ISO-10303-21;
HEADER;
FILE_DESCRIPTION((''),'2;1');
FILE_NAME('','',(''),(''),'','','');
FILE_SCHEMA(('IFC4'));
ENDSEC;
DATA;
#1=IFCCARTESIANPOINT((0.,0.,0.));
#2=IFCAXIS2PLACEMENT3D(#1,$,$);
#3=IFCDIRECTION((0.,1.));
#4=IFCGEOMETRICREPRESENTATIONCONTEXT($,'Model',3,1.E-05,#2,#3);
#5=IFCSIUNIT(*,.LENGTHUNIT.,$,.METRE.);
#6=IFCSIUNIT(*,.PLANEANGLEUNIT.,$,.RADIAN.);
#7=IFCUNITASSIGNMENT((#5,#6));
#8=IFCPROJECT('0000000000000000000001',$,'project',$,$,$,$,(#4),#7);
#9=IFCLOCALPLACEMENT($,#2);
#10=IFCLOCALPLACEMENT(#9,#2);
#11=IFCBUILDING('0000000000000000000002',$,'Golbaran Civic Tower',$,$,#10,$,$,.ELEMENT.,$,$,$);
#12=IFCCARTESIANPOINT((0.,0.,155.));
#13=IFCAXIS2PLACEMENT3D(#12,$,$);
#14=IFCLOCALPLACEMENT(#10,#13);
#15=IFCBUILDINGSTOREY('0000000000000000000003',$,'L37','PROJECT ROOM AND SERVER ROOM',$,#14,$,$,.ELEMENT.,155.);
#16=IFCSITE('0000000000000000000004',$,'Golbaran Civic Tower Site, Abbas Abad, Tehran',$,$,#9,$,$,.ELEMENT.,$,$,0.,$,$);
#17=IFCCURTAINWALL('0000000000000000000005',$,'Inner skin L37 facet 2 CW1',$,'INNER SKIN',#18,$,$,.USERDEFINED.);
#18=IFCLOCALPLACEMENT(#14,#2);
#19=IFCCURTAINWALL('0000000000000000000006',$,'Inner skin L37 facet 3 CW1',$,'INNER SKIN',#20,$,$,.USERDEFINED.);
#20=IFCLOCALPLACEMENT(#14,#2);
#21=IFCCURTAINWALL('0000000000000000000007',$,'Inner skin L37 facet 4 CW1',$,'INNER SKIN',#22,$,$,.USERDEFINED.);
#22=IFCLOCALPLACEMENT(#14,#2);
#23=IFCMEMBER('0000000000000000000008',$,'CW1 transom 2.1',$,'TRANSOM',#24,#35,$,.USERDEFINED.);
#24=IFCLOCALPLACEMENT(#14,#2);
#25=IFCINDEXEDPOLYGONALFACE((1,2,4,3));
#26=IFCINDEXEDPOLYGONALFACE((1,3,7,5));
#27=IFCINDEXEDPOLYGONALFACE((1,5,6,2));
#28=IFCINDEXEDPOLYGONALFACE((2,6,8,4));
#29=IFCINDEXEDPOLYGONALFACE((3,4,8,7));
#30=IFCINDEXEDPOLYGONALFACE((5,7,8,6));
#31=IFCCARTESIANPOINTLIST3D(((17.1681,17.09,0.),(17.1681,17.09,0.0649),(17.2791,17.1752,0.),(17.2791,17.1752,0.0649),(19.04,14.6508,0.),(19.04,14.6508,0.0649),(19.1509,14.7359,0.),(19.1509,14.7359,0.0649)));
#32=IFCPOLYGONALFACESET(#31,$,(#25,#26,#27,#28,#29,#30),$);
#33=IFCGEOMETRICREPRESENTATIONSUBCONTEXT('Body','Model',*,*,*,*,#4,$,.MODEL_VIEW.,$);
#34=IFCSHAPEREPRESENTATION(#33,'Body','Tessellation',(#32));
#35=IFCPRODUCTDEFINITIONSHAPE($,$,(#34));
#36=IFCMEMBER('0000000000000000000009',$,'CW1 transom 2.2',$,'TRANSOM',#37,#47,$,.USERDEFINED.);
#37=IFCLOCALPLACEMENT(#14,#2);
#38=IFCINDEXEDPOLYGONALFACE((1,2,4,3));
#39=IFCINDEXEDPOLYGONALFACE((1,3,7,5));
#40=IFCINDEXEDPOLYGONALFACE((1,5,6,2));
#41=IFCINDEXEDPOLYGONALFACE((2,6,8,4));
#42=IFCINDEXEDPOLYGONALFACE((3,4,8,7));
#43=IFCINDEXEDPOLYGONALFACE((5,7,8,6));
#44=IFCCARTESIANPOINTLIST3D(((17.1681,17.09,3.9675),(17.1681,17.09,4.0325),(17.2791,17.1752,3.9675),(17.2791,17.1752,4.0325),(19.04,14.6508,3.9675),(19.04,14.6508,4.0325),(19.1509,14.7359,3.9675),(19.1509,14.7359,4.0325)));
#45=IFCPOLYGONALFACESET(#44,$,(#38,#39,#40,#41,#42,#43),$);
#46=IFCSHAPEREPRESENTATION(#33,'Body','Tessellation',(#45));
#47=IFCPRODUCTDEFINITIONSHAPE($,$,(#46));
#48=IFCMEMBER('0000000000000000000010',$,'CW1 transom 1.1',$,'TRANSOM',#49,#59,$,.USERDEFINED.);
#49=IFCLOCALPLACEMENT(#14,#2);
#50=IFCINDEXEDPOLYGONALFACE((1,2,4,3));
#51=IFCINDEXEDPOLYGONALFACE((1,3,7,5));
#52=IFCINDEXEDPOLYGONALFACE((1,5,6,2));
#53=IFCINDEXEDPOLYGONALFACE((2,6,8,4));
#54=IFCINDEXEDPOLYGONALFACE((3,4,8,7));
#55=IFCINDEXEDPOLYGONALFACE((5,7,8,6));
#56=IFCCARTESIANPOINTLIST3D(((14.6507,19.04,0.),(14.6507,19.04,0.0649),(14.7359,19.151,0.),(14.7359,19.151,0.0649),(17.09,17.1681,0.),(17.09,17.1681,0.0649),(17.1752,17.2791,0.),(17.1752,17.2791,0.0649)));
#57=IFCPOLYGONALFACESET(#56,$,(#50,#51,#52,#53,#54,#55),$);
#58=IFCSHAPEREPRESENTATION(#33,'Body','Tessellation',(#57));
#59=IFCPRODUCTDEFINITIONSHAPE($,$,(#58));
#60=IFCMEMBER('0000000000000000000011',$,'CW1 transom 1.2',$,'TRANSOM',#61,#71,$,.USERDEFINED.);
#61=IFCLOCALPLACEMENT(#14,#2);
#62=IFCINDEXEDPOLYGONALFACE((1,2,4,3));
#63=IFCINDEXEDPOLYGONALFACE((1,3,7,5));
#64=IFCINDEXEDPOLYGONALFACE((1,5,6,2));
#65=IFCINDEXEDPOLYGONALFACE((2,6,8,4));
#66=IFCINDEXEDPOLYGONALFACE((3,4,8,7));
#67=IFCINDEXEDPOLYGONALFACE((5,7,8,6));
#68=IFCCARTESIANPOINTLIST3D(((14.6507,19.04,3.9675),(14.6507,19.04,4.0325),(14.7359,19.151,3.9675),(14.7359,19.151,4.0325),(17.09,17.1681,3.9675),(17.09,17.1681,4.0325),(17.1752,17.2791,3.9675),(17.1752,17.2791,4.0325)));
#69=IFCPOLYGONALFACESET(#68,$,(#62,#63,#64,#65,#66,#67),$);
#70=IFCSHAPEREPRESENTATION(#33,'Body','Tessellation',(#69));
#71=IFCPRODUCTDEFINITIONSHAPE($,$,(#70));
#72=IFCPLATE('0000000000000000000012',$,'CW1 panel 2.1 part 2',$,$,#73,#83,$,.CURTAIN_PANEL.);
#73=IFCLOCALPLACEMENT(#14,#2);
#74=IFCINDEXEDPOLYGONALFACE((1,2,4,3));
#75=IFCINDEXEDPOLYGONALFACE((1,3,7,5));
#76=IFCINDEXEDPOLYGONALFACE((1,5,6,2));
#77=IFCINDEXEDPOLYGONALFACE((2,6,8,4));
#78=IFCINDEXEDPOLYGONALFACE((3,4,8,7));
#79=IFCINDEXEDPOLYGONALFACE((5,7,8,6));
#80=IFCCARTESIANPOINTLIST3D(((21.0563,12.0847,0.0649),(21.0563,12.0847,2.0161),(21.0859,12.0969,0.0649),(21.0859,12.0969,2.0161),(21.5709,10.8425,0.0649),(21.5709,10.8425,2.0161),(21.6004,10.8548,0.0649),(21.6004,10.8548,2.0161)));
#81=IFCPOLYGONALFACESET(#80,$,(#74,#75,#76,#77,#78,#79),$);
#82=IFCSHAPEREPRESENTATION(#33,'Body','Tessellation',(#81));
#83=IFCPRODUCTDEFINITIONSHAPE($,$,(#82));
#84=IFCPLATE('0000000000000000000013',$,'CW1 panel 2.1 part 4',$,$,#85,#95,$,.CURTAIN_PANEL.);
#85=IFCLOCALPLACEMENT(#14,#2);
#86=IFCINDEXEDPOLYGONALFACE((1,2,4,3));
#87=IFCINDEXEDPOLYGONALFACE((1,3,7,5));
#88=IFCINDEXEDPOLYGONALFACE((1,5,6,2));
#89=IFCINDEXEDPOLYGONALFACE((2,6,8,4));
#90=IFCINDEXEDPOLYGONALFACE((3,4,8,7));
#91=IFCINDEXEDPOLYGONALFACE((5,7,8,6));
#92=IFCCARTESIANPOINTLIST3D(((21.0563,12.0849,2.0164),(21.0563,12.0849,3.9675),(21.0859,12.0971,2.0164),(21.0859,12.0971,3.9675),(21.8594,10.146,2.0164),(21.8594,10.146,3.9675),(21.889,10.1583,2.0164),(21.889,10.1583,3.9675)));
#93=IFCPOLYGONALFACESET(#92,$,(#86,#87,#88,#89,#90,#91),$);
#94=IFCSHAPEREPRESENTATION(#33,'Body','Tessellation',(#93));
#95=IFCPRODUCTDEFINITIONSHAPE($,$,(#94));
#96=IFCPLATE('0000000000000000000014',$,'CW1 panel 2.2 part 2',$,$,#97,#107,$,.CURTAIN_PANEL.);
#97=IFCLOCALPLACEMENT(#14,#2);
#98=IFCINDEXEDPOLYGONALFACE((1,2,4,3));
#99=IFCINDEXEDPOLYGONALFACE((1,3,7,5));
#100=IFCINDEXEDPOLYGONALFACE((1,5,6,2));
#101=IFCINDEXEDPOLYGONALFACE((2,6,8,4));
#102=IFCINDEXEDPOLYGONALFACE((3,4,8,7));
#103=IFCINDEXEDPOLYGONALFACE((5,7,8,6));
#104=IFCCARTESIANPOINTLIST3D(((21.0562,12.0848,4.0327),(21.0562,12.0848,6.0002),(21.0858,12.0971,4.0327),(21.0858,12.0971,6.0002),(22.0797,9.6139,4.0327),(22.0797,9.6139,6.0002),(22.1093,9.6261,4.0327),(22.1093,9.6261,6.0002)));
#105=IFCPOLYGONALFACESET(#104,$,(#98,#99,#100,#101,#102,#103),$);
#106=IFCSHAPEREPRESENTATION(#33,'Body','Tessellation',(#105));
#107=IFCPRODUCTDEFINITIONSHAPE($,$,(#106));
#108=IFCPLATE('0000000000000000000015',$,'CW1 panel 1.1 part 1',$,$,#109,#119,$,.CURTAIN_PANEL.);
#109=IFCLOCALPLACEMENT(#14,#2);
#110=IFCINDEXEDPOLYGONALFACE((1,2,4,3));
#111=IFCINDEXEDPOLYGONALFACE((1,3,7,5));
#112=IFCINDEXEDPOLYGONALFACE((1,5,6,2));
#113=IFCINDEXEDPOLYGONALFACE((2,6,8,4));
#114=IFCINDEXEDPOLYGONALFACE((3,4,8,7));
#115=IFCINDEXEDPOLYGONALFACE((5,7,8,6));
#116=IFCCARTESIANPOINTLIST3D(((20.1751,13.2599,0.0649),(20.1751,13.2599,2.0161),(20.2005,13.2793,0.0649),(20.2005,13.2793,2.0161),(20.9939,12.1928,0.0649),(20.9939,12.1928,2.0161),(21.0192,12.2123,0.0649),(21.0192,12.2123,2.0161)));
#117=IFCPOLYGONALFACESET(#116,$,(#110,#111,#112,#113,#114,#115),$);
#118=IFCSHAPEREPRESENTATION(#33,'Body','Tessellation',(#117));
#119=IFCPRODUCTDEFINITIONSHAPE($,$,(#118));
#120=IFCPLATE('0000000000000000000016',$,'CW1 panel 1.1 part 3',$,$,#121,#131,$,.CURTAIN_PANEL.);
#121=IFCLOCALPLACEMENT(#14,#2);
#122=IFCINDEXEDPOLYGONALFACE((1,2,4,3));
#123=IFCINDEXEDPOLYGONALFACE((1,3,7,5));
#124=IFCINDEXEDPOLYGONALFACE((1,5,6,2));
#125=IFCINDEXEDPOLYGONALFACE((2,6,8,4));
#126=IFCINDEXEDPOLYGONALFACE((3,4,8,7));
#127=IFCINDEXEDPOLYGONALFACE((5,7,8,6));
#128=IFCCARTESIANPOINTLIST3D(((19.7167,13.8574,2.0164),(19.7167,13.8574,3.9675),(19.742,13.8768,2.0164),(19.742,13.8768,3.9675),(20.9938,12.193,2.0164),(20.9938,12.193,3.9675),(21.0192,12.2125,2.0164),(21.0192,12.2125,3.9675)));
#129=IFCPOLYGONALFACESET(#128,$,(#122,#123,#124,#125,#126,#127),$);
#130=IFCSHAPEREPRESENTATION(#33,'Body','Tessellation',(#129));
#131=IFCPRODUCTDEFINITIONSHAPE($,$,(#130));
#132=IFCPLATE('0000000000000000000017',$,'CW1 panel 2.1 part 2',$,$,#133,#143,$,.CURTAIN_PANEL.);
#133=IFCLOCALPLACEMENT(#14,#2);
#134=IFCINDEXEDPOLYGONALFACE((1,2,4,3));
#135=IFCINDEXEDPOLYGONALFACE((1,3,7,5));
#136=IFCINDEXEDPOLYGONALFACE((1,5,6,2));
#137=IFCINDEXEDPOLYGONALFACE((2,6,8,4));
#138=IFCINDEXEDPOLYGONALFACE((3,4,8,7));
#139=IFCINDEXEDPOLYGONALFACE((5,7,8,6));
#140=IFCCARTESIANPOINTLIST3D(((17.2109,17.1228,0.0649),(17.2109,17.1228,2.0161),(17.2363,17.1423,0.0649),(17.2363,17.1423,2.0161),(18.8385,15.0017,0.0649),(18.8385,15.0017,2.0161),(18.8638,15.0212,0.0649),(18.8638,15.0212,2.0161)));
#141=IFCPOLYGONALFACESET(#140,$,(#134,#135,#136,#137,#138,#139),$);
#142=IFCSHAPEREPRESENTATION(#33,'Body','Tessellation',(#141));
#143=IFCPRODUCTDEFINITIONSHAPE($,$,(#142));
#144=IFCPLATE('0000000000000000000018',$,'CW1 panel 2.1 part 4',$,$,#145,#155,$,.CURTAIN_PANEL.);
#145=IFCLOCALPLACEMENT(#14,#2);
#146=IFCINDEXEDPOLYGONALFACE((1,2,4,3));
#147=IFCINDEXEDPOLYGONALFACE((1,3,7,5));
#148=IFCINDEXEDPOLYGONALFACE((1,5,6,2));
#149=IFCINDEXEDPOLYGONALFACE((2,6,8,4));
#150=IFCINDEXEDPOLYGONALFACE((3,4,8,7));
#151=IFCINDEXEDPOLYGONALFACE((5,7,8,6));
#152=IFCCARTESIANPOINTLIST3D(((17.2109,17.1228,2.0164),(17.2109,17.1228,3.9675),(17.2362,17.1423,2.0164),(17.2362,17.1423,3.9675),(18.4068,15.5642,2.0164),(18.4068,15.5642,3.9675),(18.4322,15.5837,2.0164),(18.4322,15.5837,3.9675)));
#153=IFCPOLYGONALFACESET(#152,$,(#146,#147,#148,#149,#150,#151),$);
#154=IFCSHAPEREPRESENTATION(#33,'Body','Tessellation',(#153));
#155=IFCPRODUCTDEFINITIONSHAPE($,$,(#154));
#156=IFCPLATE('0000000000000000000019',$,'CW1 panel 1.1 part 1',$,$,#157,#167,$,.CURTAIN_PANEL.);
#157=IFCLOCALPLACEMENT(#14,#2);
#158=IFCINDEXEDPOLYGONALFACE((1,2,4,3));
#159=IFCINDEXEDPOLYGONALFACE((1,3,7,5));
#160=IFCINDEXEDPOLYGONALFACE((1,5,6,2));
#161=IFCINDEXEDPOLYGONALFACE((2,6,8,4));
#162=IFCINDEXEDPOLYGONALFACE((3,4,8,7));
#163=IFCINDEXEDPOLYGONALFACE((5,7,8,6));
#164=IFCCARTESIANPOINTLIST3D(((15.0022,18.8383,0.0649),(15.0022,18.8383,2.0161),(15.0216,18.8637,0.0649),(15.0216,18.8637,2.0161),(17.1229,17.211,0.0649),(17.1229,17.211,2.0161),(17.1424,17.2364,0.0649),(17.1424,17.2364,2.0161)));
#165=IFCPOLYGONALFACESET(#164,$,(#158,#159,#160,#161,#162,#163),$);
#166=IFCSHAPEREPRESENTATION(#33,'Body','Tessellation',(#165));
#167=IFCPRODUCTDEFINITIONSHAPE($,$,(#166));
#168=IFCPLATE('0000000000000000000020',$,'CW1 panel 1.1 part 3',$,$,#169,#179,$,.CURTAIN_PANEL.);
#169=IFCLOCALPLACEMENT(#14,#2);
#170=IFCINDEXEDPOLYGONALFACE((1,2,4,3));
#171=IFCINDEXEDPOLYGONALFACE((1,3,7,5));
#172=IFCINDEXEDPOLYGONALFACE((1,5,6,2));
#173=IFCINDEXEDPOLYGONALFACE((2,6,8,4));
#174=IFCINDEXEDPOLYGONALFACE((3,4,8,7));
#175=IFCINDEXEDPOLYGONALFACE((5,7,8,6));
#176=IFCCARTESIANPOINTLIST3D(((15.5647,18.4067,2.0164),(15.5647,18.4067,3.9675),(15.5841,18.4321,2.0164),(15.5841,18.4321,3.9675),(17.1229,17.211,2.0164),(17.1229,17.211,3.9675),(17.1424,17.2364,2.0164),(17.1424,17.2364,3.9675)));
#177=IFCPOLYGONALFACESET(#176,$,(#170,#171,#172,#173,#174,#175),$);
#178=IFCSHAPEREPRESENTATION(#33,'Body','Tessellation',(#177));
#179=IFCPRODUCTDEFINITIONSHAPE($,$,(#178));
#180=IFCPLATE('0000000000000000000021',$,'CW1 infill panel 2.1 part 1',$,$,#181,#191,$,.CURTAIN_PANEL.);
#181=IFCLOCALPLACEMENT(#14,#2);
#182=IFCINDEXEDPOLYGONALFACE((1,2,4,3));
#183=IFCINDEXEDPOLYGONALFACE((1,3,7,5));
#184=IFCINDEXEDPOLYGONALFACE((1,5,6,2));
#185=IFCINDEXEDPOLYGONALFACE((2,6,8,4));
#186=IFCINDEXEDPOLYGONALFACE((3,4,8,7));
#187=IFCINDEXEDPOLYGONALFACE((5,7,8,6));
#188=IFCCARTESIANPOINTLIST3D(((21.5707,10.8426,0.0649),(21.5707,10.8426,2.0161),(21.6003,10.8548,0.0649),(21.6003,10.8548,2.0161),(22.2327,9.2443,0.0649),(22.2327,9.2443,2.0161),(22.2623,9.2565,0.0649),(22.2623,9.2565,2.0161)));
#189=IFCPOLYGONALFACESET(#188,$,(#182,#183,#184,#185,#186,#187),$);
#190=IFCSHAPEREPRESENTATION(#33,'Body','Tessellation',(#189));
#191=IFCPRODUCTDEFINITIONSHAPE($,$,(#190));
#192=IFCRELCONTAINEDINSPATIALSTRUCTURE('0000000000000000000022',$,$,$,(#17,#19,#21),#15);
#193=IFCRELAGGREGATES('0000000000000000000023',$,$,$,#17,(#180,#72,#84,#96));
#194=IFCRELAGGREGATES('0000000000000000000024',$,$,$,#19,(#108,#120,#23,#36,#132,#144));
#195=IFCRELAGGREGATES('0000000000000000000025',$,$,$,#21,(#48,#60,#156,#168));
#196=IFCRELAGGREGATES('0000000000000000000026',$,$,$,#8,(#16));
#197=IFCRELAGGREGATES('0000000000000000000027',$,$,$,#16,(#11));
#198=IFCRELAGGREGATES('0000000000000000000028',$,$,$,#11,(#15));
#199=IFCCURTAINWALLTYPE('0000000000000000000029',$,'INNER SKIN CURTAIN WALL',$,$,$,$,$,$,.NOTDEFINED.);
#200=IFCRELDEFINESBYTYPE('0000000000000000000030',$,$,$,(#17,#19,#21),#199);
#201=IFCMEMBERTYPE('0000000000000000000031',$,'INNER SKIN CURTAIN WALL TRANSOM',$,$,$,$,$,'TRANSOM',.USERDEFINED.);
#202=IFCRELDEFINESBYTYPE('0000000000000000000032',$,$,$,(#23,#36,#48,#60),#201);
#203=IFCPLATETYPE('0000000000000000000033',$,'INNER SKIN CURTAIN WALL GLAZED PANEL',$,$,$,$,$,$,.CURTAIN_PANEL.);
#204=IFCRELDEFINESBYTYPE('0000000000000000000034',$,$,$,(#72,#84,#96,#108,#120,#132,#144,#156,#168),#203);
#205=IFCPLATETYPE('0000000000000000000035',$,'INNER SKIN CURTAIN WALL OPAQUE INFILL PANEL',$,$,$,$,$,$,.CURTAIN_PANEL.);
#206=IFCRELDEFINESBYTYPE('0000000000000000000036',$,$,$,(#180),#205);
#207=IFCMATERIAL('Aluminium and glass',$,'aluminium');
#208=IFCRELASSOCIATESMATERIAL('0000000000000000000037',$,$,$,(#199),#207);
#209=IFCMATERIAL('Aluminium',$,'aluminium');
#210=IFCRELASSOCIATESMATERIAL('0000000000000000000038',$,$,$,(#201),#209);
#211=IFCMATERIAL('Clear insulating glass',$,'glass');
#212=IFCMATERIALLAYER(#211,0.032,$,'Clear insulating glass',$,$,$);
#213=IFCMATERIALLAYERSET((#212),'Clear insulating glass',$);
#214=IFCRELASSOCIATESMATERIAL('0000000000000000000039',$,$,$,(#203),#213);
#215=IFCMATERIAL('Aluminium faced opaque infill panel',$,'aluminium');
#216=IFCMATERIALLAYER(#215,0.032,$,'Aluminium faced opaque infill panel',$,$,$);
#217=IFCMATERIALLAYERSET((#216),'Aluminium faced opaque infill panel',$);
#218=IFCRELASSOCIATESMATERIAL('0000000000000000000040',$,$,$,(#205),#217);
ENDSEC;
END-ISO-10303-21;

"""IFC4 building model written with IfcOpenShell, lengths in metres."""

from ifc_helpers import new_model, si_unit, direction, frame, origin, origin_2d, place, context, subcontext, project, spatial, rectangle, extrude, material, layer, layer_set, material_profile, profile_set, type_object, element, aggregate, save


model = new_model("IFC4")

# Units and contexts
model_context = context("Model", 3, precision=1e-05, world=origin(), true_north=direction((0.0, 1.0)))
body_context = subcontext(model_context, "Body", "Model", "MODEL_VIEW")
ifc_project = project(units=[si_unit("LENGTHUNIT", "METRE"), si_unit("PLANEANGLEUNIT", "RADIAN")], contexts=[model_context])

# Site, building, storey
site_placement = place(None, origin())
site = spatial("IfcSite", under=ifc_project, at=site_placement, Name="Golbaran Civic Tower Site, Abbas Abad, Tehran", CompositionType="ELEMENT", RefElevation=0.0)
building_placement = place(site_placement, origin())
building = spatial("IfcBuilding", under=site, at=building_placement, Name="Golbaran Civic Tower", CompositionType="ELEMENT")
storey_placement = place(building_placement, frame((0.0, 0.0, 155.0)))
storey = spatial("IfcBuildingStorey", under=building, at=storey_placement, Name="L37", Description="PROJECT ROOM AND SERVER ROOM", CompositionType="ELEMENT", Elevation=155.0)

# Curtain wall
ifc_material_1 = material(Name="Aluminium and glass", Category="aluminium")
curtain_wall_type = type_object("IfcCurtainWallType", Name="INNER SKIN CURTAIN WALL", PredefinedType="NOTDEFINED", material=ifc_material_1)
curtain_wall_1_placement = place(storey_placement, origin())
curtain_wall_1 = element("IfcCurtainWall", 1, at=curtain_wall_1_placement, inside=storey, type_object=curtain_wall_type, Name="Inner skin L37 facet 2 CW1", ObjectType="INNER SKIN", PredefinedType="USERDEFINED")
ifc_material_2 = material(Name="Aluminium", Category="aluminium")

# Curtain wall
curtain_wall_2_placement = place(storey_placement, origin())
curtain_wall_2 = element("IfcCurtainWall", 2, at=curtain_wall_2_placement, inside=storey, type_object=curtain_wall_type, Name="Inner skin L37 facet 3 CW1", ObjectType="INNER SKIN", PredefinedType="USERDEFINED")

# Curtain wall
curtain_wall_3_placement = place(storey_placement, origin())
curtain_wall_3 = element("IfcCurtainWall", 3, at=curtain_wall_3_placement, inside=storey, type_object=curtain_wall_type, Name="Inner skin L37 facet 4 CW1", ObjectType="INNER SKIN", PredefinedType="USERDEFINED")

# Members
ifc_material_profile_1 = material_profile(ifc_material_2, rectangle(XDim=0.1399, YDim=0.0649, at=origin_2d()), Name="INNER SKIN CURTAIN WALL TRANSOM")
ifc_profile_set_1 = profile_set([ifc_material_profile_1], Name="Aluminium")
member_type_1 = type_object("IfcMemberType", Name="INNER SKIN CURTAIN WALL TRANSOM", ElementType="TRANSOM", PredefinedType="USERDEFINED", material=ifc_profile_set_1)
member_1_placement = place(storey_placement, frame((19.0955, 14.6934, 0.0325), z_axis=(-0.608793, 0.793329, 0.0), x_axis=(-0.793329, -0.608793, 0.0)))
member_1 = element("IfcMember", 4, at=member_1_placement, type_object=member_type_1, Name="CW1 transom 2.1", ObjectType="TRANSOM", PredefinedType="USERDEFINED", context=body_context, shape_type="SweptSolid", body=[
    extrude(rectangle(XDim=0.1399, YDim=0.0649, at=origin_2d()), origin(), (0.0, 0.0, 1.0), 3.0747),
])
member_2_placement = place(storey_placement, frame((19.0955, 14.6934, 4.0), z_axis=(-0.608793, 0.793329, 0.0), x_axis=(-0.793329, -0.608793, 0.0)))
member_2 = element("IfcMember", 5, at=member_2_placement, type_object=member_type_1, Name="CW1 transom 2.2", ObjectType="TRANSOM", PredefinedType="USERDEFINED", context=body_context, shape_type="SweptSolid", body=[
    extrude(rectangle(XDim=0.1399, YDim=0.0649, at=origin_2d()), origin(), (0.0, 0.0, 1.0), 3.0747),
])
member_3_placement = place(storey_placement, frame((17.1326, 17.2236, 0.0325), z_axis=(-0.793329, 0.608793, 0.0), x_axis=(-0.608793, -0.793329, 0.0)))
member_3 = element("IfcMember", 6, at=member_3_placement, type_object=member_type_1, Name="CW1 transom 1.1", ObjectType="TRANSOM", PredefinedType="USERDEFINED", context=body_context, shape_type="SweptSolid", body=[
    extrude(rectangle(XDim=0.1399, YDim=0.0649, at=origin_2d()), origin(), (0.0, 0.0, 1.0), 3.0747),
])
member_4_placement = place(storey_placement, frame((17.1326, 17.2236, 4.0), z_axis=(-0.793329, 0.608793, 0.0), x_axis=(-0.608793, -0.793329, 0.0)))
member_4 = element("IfcMember", 7, at=member_4_placement, type_object=member_type_1, Name="CW1 transom 1.2", ObjectType="TRANSOM", PredefinedType="USERDEFINED", context=body_context, shape_type="SweptSolid", body=[
    extrude(rectangle(XDim=0.1399, YDim=0.0649, at=origin_2d()), origin(), (0.0, 0.0, 1.0), 3.0747),
])

# Plates
ifc_material_3 = material(Name="Clear insulating glass", Category="glass")
ifc_layer_1 = layer(ifc_material_3, 0.032, Name="Clear insulating glass")
ifc_layer_set_1 = layer_set([ifc_layer_1], Name="Clear insulating glass")
plate_type_1 = type_object("IfcPlateType", Name="INNER SKIN CURTAIN WALL GLAZED PANEL", PredefinedType="CURTAIN_PANEL", material=ifc_layer_set_1)
plate_1_placement = place(storey_placement, frame((21.3284, 11.4697, 0.0649), z_axis=(0.0, 0.0, 1.0), x_axis=(-0.382683, 0.92388, 0.0)))
plate_1 = element("IfcPlate", 8, at=plate_1_placement, type_object=plate_type_1, Name="CW1 panel 2.1 part 2", PredefinedType="CURTAIN_PANEL", context=body_context, shape_type="SweptSolid", body=[
    extrude(rectangle(XDim=1.3445, YDim=0.032, at=origin_2d()), origin(), (0.0, 0.0, 1.0), 1.9512),
])
plate_2_placement = place(storey_placement, frame((21.4727, 11.1216, 2.0164), z_axis=(0.0, 0.0, 1.0), x_axis=(-0.382683, 0.92388, 0.0)))
plate_2 = element("IfcPlate", 9, at=plate_2_placement, type_object=plate_type_1, Name="CW1 panel 2.1 part 4", PredefinedType="CURTAIN_PANEL", context=body_context, shape_type="SweptSolid", body=[
    extrude(rectangle(XDim=2.0986, YDim=0.032, at=origin_2d()), origin(), (0.0, 0.0, 1.0), 1.9512),
])
plate_3_placement = place(storey_placement, frame((21.5828, 10.8555, 4.0327), z_axis=(0.0, 0.0, 1.0), x_axis=(-0.382683, 0.92388, 0.0)))
plate_3 = element("IfcPlate", 10, at=plate_3_placement, type_object=plate_type_1, Name="CW1 panel 2.2 part 2", PredefinedType="CURTAIN_PANEL", context=body_context, shape_type="SweptSolid", body=[
    extrude(rectangle(XDim=2.6746, YDim=0.032, at=origin_2d()), origin(), (0.0, 0.0, 1.0), 1.9675),
])
plate_4_placement = place(storey_placement, frame((20.5972, 12.7361, 0.0649), z_axis=(0.0, 0.0, 1.0), x_axis=(-0.608761, 0.793353, 0.0)))
plate_4 = element("IfcPlate", 11, at=plate_4_placement, type_object=plate_type_1, Name="CW1 panel 1.1 part 1", PredefinedType="CURTAIN_PANEL", context=body_context, shape_type="SweptSolid", body=[
    extrude(rectangle(XDim=1.345, YDim=0.032, at=origin_2d()), origin(), (0.0, 0.0, 1.0), 1.9512),
])
plate_5_placement = place(storey_placement, frame((20.3679, 13.0349, 2.0164), z_axis=(0.0, 0.0, 1.0), x_axis=(-0.608761, 0.793353, 0.0)))
plate_5 = element("IfcPlate", 12, at=plate_5_placement, type_object=plate_type_1, Name="CW1 panel 1.1 part 3", PredefinedType="CURTAIN_PANEL", context=body_context, shape_type="SweptSolid", body=[
    extrude(rectangle(XDim=2.0979, YDim=0.032, at=origin_2d()), origin(), (0.0, 0.0, 1.0), 1.9512),
])
plate_6_placement = place(storey_placement, frame((18.0374, 16.072, 0.0649), z_axis=(0.0, 0.0, 1.0), x_axis=(-0.608761, 0.793353, 0.0)))
plate_6 = element("IfcPlate", 13, at=plate_6_placement, type_object=plate_type_1, Name="CW1 panel 2.1 part 2", PredefinedType="CURTAIN_PANEL", context=body_context, shape_type="SweptSolid", body=[
    extrude(rectangle(XDim=2.6736, YDim=0.032, at=origin_2d()), origin(), (0.0, 0.0, 1.0), 1.9512),
])
plate_7_placement = place(storey_placement, frame((17.8215, 16.3533, 2.0164), z_axis=(0.0, 0.0, 1.0), x_axis=(-0.608761, 0.793353, 0.0)))
plate_7 = element("IfcPlate", 14, at=plate_7_placement, type_object=plate_type_1, Name="CW1 panel 2.1 part 4", PredefinedType="CURTAIN_PANEL", context=body_context, shape_type="SweptSolid", body=[
    extrude(rectangle(XDim=1.9646, YDim=0.032, at=origin_2d()), origin(), (0.0, 0.0, 1.0), 1.9512),
])
plate_8_placement = place(storey_placement, frame((16.0723, 18.0374, 0.0649), z_axis=(0.0, 0.0, 1.0), x_axis=(-0.793353, 0.608761, 0.0)))
plate_8 = element("IfcPlate", 15, at=plate_8_placement, type_object=plate_type_1, Name="CW1 panel 1.1 part 1", PredefinedType="CURTAIN_PANEL", context=body_context, shape_type="SweptSolid", body=[
    extrude(rectangle(XDim=2.6731, YDim=0.032, at=origin_2d()), origin(), (0.0, 0.0, 1.0), 1.9512),
])
plate_9_placement = place(storey_placement, frame((16.3535, 17.8215, 2.0164), z_axis=(0.0, 0.0, 1.0), x_axis=(-0.793353, 0.608761, 0.0)))
plate_9 = element("IfcPlate", 16, at=plate_9_placement, type_object=plate_type_1, Name="CW1 panel 1.1 part 3", PredefinedType="CURTAIN_PANEL", context=body_context, shape_type="SweptSolid", body=[
    extrude(rectangle(XDim=1.9641, YDim=0.032, at=origin_2d()), origin(), (0.0, 0.0, 1.0), 1.9512),
])
ifc_material_4 = material(Name="Aluminium faced opaque infill panel", Category="aluminium")
ifc_layer_2 = layer(ifc_material_4, 0.032, Name="Aluminium faced opaque infill panel")
ifc_layer_set_2 = layer_set([ifc_layer_2], Name="Aluminium faced opaque infill panel")
plate_type_2 = type_object("IfcPlateType", Name="INNER SKIN CURTAIN WALL OPAQUE INFILL PANEL", PredefinedType="CURTAIN_PANEL", material=ifc_layer_set_2)
plate_10_placement = place(storey_placement, frame((21.9165, 10.0496, 0.0649), z_axis=(0.0, 0.0, 1.0), x_axis=(-0.382683, 0.92388, 0.0)))
plate_10 = element("IfcPlate", 17, at=plate_10_placement, type_object=plate_type_2, Name="CW1 infill panel 2.1 part 1", PredefinedType="CURTAIN_PANEL", context=body_context, shape_type="SweptSolid", body=[
    extrude(rectangle(XDim=1.73, YDim=0.032, at=origin_2d()), origin(), (0.0, 0.0, 1.0), 1.9512),
])
aggregate(curtain_wall_1, [plate_10, plate_1, plate_2, plate_3])
aggregate(curtain_wall_2, [plate_4, plate_5, member_1, member_2, plate_6, plate_7])
aggregate(curtain_wall_3, [member_3, member_4, plate_8, plate_9])

save(model, "model.ifc")
